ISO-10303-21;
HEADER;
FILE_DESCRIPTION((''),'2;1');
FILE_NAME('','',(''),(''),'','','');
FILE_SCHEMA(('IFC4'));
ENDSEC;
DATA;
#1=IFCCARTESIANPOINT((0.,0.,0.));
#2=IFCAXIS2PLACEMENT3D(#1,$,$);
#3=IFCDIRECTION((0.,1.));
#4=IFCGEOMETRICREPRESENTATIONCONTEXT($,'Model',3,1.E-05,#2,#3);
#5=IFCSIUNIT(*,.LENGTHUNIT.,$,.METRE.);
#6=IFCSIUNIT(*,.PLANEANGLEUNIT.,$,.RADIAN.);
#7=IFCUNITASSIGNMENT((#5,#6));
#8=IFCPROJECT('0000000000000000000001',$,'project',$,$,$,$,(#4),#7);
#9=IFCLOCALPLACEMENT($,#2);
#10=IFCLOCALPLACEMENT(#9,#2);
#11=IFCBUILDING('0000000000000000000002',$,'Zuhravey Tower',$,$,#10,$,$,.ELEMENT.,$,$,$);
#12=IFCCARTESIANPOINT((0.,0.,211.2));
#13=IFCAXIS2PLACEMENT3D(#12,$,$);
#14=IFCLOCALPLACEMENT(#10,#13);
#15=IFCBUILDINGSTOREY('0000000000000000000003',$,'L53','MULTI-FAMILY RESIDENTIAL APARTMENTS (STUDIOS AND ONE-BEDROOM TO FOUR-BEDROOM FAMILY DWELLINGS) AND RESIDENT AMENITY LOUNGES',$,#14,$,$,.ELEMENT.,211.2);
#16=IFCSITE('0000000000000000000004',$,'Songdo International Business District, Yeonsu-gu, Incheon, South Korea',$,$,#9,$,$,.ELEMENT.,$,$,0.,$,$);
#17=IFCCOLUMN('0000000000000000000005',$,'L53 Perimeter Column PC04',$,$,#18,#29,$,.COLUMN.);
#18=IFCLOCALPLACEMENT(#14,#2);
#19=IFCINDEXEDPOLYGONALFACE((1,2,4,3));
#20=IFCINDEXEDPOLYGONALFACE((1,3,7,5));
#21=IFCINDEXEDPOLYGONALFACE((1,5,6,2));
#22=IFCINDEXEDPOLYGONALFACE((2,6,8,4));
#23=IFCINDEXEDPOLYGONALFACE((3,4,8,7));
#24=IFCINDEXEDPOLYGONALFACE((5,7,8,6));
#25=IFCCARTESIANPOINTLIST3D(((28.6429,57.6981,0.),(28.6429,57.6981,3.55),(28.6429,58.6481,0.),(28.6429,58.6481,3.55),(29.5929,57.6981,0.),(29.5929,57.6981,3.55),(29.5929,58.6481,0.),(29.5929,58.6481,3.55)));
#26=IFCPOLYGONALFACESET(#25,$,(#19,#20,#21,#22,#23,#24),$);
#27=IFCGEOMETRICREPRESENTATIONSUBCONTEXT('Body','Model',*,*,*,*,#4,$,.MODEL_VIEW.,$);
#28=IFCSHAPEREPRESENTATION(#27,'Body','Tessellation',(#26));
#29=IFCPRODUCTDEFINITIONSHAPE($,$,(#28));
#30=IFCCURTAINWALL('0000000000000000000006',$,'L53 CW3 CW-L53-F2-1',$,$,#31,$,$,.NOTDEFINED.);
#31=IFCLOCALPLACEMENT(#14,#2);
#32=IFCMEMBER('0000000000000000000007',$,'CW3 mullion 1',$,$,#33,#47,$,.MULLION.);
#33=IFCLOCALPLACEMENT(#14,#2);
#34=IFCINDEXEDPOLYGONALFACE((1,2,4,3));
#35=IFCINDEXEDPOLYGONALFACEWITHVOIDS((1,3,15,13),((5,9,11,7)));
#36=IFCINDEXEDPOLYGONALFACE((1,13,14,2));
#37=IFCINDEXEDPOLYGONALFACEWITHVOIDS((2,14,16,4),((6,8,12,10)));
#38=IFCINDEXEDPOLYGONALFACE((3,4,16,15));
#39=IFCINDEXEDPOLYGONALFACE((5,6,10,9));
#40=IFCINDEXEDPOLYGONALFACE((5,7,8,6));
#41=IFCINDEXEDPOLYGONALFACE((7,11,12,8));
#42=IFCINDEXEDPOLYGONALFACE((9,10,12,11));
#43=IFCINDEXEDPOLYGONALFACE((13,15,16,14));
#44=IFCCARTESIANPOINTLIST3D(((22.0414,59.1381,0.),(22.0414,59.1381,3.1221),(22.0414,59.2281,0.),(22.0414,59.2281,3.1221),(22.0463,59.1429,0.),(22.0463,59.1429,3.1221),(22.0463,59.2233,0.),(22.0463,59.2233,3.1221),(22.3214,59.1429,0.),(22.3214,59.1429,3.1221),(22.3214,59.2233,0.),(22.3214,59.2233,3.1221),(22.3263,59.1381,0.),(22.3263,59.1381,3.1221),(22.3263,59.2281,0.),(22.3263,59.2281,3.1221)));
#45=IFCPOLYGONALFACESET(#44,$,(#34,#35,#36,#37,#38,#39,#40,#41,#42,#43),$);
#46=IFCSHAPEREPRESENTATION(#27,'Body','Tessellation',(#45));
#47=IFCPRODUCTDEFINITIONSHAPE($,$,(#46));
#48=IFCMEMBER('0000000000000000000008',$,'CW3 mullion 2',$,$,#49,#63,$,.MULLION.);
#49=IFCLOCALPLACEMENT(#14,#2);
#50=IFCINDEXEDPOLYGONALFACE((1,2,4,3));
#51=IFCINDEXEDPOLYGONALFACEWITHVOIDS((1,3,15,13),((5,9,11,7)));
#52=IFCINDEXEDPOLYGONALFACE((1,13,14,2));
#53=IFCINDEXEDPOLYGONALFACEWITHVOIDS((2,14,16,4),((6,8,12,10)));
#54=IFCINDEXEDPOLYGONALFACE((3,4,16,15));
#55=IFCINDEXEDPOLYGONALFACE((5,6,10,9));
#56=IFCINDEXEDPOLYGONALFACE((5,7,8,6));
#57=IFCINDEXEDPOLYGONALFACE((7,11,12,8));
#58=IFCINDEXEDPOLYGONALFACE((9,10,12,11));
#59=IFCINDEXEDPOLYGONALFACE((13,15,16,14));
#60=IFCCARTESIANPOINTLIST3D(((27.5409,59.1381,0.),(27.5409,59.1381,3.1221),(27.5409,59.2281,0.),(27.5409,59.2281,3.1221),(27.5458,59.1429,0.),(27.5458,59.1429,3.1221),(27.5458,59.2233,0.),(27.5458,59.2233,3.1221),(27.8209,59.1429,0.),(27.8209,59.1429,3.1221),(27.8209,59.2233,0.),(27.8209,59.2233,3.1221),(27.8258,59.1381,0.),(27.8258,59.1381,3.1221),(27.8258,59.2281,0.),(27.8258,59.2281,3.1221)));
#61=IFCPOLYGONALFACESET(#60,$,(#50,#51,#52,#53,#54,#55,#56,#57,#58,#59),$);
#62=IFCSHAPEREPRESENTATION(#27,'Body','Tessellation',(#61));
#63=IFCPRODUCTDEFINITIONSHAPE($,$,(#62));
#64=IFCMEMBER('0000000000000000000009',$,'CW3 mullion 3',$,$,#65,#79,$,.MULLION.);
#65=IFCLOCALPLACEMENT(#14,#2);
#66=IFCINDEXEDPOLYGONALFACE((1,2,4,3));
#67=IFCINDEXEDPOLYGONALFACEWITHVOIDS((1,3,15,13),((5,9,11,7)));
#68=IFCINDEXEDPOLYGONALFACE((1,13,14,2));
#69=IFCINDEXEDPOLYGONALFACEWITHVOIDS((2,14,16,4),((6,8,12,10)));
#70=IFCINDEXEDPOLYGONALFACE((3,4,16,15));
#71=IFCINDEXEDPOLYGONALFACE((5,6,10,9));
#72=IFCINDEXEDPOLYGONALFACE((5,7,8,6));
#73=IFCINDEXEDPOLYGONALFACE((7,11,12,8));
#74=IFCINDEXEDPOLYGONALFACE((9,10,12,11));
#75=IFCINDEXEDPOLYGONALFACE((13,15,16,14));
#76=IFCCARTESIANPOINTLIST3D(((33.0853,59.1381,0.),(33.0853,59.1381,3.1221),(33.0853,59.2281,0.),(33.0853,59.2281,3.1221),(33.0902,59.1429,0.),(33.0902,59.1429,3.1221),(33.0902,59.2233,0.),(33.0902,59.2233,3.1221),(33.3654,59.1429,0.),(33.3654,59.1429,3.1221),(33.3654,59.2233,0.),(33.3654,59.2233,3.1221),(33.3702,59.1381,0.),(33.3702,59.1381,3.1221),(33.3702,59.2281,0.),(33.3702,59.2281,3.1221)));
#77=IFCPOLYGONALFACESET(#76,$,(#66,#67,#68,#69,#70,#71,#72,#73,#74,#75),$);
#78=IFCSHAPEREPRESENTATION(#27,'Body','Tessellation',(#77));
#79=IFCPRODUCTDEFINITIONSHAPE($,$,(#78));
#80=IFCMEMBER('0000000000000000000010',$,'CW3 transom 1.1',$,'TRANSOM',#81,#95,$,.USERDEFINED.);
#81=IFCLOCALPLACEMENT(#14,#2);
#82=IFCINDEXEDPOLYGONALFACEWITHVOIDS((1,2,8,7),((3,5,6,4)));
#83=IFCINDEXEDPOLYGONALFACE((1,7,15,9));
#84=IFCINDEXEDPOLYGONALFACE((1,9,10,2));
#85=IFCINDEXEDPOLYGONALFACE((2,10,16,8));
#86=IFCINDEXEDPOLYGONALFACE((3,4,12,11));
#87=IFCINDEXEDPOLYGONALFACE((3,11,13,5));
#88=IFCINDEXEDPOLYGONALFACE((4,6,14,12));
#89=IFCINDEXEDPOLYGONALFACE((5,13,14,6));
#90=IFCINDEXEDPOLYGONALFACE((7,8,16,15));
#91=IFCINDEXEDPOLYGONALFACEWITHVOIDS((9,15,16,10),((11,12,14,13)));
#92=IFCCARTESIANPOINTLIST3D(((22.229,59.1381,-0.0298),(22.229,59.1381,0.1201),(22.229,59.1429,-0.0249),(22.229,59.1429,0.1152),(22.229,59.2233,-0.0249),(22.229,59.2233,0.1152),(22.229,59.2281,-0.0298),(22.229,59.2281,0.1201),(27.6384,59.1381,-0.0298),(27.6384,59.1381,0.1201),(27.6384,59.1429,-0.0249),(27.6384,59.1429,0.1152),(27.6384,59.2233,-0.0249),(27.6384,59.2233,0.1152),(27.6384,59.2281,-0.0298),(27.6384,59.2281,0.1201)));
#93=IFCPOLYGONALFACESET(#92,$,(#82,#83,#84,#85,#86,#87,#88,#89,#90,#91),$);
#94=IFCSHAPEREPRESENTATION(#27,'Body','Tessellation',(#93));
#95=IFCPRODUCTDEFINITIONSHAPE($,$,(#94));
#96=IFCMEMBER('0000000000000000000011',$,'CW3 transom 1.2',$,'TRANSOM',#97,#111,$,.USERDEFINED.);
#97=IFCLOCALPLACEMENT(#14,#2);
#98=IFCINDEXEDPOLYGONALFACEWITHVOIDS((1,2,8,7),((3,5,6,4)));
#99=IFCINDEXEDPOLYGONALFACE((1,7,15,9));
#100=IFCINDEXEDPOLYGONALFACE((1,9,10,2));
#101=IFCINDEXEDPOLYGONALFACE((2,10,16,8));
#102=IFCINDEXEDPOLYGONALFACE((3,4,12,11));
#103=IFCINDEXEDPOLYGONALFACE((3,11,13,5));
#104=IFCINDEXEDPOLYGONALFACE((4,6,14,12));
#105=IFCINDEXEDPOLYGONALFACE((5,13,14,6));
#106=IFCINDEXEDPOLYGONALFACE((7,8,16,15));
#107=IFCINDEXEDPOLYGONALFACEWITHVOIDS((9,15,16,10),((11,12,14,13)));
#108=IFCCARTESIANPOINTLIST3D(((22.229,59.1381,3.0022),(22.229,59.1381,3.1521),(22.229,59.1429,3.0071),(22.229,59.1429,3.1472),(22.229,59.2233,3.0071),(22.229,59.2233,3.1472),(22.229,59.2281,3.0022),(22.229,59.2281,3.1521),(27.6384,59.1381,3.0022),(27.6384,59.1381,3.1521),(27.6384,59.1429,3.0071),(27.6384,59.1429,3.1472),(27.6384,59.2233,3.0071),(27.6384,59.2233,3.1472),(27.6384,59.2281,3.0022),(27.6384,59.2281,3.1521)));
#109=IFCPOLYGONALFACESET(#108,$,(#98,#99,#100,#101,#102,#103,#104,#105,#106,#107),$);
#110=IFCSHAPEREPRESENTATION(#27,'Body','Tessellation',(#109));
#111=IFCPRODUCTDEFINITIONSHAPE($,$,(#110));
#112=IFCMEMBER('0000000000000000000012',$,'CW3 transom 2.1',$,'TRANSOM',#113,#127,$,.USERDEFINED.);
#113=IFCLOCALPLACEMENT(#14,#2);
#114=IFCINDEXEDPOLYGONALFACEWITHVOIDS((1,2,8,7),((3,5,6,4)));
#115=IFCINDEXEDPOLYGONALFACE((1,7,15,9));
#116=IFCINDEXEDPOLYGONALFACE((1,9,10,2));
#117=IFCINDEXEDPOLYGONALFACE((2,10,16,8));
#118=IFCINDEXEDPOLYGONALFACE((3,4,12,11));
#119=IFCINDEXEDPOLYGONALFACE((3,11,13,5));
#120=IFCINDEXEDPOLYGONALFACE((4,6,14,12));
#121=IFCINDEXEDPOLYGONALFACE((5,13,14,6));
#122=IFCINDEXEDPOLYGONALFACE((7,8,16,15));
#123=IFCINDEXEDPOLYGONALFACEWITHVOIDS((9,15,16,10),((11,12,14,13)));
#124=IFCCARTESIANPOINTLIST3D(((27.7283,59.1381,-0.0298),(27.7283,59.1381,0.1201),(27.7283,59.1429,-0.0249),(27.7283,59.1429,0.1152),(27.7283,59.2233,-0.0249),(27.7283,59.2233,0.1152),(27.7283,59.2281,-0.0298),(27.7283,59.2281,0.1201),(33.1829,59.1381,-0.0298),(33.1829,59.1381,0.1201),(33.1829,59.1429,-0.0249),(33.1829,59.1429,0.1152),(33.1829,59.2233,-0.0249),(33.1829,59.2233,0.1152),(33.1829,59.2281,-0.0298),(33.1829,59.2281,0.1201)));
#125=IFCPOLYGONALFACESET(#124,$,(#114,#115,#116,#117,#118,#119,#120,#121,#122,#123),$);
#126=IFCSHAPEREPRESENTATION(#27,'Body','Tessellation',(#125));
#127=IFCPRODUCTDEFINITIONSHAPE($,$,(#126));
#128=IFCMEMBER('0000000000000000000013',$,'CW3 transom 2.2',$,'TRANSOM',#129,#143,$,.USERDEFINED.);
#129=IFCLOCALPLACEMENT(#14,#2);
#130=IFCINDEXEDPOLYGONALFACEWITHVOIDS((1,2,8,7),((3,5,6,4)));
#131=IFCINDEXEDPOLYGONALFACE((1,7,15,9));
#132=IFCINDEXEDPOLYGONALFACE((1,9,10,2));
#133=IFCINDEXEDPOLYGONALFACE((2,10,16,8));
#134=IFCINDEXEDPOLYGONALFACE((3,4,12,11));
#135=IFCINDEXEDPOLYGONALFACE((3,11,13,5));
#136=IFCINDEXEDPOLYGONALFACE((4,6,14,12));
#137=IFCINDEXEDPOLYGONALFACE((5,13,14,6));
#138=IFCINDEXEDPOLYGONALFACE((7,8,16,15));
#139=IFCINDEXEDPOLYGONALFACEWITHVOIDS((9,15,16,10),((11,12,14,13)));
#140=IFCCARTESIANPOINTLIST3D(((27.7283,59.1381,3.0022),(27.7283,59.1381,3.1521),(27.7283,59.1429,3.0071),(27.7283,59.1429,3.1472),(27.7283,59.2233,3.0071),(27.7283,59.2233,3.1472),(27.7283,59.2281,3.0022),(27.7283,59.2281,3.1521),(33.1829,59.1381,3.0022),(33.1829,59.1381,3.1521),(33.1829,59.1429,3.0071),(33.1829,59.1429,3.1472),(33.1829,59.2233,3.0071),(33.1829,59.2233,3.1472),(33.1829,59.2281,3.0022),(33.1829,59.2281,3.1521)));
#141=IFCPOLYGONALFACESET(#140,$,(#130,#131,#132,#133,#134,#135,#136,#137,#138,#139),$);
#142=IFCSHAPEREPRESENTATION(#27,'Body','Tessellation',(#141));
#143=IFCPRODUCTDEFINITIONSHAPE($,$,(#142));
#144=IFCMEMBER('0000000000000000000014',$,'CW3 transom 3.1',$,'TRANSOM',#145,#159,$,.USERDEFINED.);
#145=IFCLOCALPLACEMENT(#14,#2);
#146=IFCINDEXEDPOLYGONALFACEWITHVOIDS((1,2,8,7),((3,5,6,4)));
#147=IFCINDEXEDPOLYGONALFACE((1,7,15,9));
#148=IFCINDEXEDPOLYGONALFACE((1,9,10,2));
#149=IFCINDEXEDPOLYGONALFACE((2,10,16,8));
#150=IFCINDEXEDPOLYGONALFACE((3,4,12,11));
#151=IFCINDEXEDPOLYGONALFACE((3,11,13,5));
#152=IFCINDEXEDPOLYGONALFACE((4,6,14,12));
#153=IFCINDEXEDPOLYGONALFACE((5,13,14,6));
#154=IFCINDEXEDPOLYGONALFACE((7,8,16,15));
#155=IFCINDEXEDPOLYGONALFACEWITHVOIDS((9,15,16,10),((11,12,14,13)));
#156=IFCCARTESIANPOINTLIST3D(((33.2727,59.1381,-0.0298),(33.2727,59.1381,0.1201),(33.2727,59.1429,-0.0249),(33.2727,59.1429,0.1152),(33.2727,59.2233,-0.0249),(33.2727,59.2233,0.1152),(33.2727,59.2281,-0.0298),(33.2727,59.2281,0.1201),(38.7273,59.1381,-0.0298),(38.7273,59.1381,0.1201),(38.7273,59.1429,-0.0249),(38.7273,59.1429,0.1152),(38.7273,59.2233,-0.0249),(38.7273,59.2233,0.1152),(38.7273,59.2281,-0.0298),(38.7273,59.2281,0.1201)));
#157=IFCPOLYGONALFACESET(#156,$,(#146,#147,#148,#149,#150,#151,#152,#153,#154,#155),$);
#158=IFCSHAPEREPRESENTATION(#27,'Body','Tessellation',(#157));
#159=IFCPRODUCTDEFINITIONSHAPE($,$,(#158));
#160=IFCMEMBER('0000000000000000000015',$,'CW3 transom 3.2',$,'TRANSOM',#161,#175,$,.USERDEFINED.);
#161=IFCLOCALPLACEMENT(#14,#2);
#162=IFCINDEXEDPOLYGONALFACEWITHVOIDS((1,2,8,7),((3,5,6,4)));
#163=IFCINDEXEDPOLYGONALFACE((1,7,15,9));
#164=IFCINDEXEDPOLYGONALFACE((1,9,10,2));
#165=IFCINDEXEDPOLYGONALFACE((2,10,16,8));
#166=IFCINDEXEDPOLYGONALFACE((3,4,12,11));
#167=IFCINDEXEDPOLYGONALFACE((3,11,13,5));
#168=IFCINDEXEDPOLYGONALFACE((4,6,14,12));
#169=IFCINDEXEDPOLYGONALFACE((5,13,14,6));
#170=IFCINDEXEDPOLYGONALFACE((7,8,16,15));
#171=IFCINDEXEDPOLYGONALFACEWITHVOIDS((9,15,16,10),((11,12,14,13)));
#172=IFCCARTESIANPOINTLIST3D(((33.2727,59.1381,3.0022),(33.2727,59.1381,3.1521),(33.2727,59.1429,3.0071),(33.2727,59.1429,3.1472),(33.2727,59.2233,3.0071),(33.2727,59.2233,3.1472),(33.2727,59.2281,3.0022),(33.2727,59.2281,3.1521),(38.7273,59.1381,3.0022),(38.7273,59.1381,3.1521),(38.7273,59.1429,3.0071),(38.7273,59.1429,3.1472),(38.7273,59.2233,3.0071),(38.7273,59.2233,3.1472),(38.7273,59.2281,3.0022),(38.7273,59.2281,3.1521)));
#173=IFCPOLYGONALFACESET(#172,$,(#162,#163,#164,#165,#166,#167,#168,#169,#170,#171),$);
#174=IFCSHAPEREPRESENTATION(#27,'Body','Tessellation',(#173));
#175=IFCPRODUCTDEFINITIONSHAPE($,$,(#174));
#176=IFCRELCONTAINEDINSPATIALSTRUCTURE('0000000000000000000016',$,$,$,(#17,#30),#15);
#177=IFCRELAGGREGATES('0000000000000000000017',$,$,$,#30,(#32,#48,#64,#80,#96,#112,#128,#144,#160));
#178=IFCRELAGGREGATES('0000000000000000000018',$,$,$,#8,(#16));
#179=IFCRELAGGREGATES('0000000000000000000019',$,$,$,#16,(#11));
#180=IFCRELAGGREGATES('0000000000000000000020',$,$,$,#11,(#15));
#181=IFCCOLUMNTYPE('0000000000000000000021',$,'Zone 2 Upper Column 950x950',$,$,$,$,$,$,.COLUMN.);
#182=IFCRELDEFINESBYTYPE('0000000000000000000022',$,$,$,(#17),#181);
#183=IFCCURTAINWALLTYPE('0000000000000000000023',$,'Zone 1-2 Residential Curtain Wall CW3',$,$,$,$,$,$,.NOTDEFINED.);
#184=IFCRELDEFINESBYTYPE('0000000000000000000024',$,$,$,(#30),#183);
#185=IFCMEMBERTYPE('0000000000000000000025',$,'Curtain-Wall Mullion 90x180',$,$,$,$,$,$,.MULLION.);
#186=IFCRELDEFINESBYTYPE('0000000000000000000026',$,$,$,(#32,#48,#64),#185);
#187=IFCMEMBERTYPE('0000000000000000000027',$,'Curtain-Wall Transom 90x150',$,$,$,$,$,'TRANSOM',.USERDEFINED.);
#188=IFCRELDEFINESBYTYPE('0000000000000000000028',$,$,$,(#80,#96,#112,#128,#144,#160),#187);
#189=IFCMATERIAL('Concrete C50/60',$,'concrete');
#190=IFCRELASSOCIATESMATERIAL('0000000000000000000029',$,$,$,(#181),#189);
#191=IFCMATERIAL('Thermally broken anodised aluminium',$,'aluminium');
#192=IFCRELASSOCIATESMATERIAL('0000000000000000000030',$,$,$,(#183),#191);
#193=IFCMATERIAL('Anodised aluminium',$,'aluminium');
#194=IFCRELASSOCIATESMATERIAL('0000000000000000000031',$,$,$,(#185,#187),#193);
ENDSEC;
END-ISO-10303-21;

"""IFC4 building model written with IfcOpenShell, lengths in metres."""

from ifc_helpers import new_model, si_unit, direction, frame, origin, origin_2d, place, context, subcontext, project, spatial, rectangle, hollow_rectangle, extrude, material, material_profile, profile_set, type_object, element, aggregate, save


model = new_model("IFC4")

# Units and contexts
model_context = context("Model", 3, precision=1e-05, world=origin(), true_north=direction((0.0, 1.0)))
body_context = subcontext(model_context, "Body", "Model", "MODEL_VIEW")
ifc_project = project(units=[si_unit("LENGTHUNIT", "METRE"), si_unit("PLANEANGLEUNIT", "RADIAN")], contexts=[model_context])

# Site, building, storey
site_placement = place(None, origin())
site = spatial("IfcSite", under=ifc_project, at=site_placement, Name="Songdo International Business District, Yeonsu-gu, Incheon, South Korea", CompositionType="ELEMENT", RefElevation=0.0)
building_placement = place(site_placement, origin())
building = spatial("IfcBuilding", under=site, at=building_placement, Name="Zuhravey Tower", CompositionType="ELEMENT")
storey_placement = place(building_placement, frame((0.0, 0.0, 211.2)))
storey = spatial("IfcBuildingStorey", under=building, at=storey_placement, Name="L53", Description="MULTI-FAMILY RESIDENTIAL APARTMENTS (STUDIOS AND ONE-BEDROOM TO FOUR-BEDROOM FAMILY DWELLINGS) AND RESIDENT AMENITY LOUNGES", CompositionType="ELEMENT", Elevation=211.2)

# Column
ifc_material_1 = material(Name="Concrete C50/60", Category="concrete")
ifc_material_profile_1 = material_profile(ifc_material_1, rectangle(XDim=0.95, YDim=0.95, at=origin_2d()), Name="RC-950x950")
ifc_profile_set_1 = profile_set([ifc_material_profile_1], Name="Concrete C50/60")
column_type = type_object("IfcColumnType", Name="Zone 2 Upper Column 950x950", PredefinedType="COLUMN", material=ifc_profile_set_1)
column_placement = place(storey_placement, frame((29.1179, 58.1731, 0.0), z_axis=(0.0, 0.0, 1.0), x_axis=(-1.0, 0.0, 0.0)))
element("IfcColumn", 1, at=column_placement, inside=storey, type_object=column_type, Name="L53 Perimeter Column PC04", PredefinedType="COLUMN", context=body_context, shape_type="SweptSolid", body=[
    extrude(rectangle(XDim=0.95, YDim=0.95, at=origin_2d()), origin(), (0.0, 0.0, 1.0), 3.55),
])

# Curtain wall, members
ifc_material_2 = material(Name="Thermally broken anodised aluminium", Category="aluminium")
curtain_wall_type = type_object("IfcCurtainWallType", Name="Zone 1-2 Residential Curtain Wall CW3", PredefinedType="NOTDEFINED", material=ifc_material_2)
curtain_wall_placement = place(storey_placement, origin())
curtain_wall = element("IfcCurtainWall", 2, at=curtain_wall_placement, inside=storey, type_object=curtain_wall_type, Name="L53 CW3 CW-L53-F2-1", PredefinedType="NOTDEFINED")
ifc_material_3 = material(Name="Anodised aluminium", Category="aluminium")
ifc_material_profile_2 = material_profile(ifc_material_3, hollow_rectangle(XDim=0.0901, YDim=0.2849, WallThickness=0.0049, at=origin_2d()), Name="ALU-RHS-90x285x5")
ifc_profile_set_2 = profile_set([ifc_material_profile_2], Name="Anodised aluminium")
member_type_1 = type_object("IfcMemberType", Name="Curtain-Wall Mullion 90x180", PredefinedType="MULLION", material=ifc_profile_set_2)
member_1_placement = place(storey_placement, frame((22.1838, 59.1831, 0.0), z_axis=(0.0, 0.0, 1.0), x_axis=(0.0, 1.0, 0.0)))
member_1 = element("IfcMember", 3, at=member_1_placement, type_object=member_type_1, Name="CW3 mullion 1", PredefinedType="MULLION", context=body_context, shape_type="SweptSolid", body=[
    extrude(hollow_rectangle(XDim=0.0901, YDim=0.2849, WallThickness=0.0049, at=origin_2d()), origin(), (0.0, 0.0, 1.0), 3.1221),
])
member_2_placement = place(storey_placement, frame((27.6833, 59.1831, 0.0), z_axis=(0.0, 0.0, 1.0), x_axis=(0.0, 1.0, 0.0)))
member_2 = element("IfcMember", 4, at=member_2_placement, type_object=member_type_1, Name="CW3 mullion 2", PredefinedType="MULLION", context=body_context, shape_type="SweptSolid", body=[
    extrude(hollow_rectangle(XDim=0.0901, YDim=0.2849, WallThickness=0.0049, at=origin_2d()), origin(), (0.0, 0.0, 1.0), 3.1221),
])
member_3_placement = place(storey_placement, frame((33.2278, 59.1831, 0.0), z_axis=(0.0, 0.0, 1.0), x_axis=(0.0, 1.0, 0.0)))
member_3 = element("IfcMember", 5, at=member_3_placement, type_object=member_type_1, Name="CW3 mullion 3", PredefinedType="MULLION", context=body_context, shape_type="SweptSolid", body=[
    extrude(hollow_rectangle(XDim=0.0901, YDim=0.2849, WallThickness=0.0049, at=origin_2d()), origin(), (0.0, 0.0, 1.0), 3.1221),
])
ifc_material_profile_3 = material_profile(ifc_material_3, hollow_rectangle(XDim=0.0901, YDim=0.1499, WallThickness=0.0049, at=origin_2d()), Name="ALU-RHS-90x150x5")
ifc_profile_set_3 = profile_set([ifc_material_profile_3], Name="Anodised aluminium")
member_type_2 = type_object("IfcMemberType", Name="Curtain-Wall Transom 90x150", ElementType="TRANSOM", PredefinedType="USERDEFINED", material=ifc_profile_set_3)
member_4_placement = place(storey_placement, frame((22.229, 59.1831, 0.0452), z_axis=(1.0, 0.0, 0.0), x_axis=(0.0, 1.0, 0.0)))
member_4 = element("IfcMember", 6, at=member_4_placement, type_object=member_type_2, Name="CW3 transom 1.1", ObjectType="TRANSOM", PredefinedType="USERDEFINED", context=body_context, shape_type="SweptSolid", body=[
    extrude(hollow_rectangle(XDim=0.0901, YDim=0.1499, WallThickness=0.0049, at=origin_2d()), origin(), (0.0, 0.0, 1.0), 5.4094),
])
member_5_placement = place(storey_placement, frame((22.229, 59.1831, 3.0771), z_axis=(1.0, 0.0, 0.0), x_axis=(0.0, 1.0, 0.0)))
member_5 = element("IfcMember", 7, at=member_5_placement, type_object=member_type_2, Name="CW3 transom 1.2", ObjectType="TRANSOM", PredefinedType="USERDEFINED", context=body_context, shape_type="SweptSolid", body=[
    extrude(hollow_rectangle(XDim=0.0901, YDim=0.1499, WallThickness=0.0049, at=origin_2d()), origin(), (0.0, 0.0, 1.0), 5.4094),
])
member_6_placement = place(storey_placement, frame((27.7283, 59.1831, 0.0452), z_axis=(1.0, 0.0, 0.0), x_axis=(0.0, 1.0, 0.0)))
member_6 = element("IfcMember", 8, at=member_6_placement, type_object=member_type_2, Name="CW3 transom 2.1", ObjectType="TRANSOM", PredefinedType="USERDEFINED", context=body_context, shape_type="SweptSolid", body=[
    extrude(hollow_rectangle(XDim=0.0901, YDim=0.1499, WallThickness=0.0049, at=origin_2d()), origin(), (0.0, 0.0, 1.0), 5.4546),
])
member_7_placement = place(storey_placement, frame((27.7283, 59.1831, 3.0771), z_axis=(1.0, 0.0, 0.0), x_axis=(0.0, 1.0, 0.0)))
member_7 = element("IfcMember", 9, at=member_7_placement, type_object=member_type_2, Name="CW3 transom 2.2", ObjectType="TRANSOM", PredefinedType="USERDEFINED", context=body_context, shape_type="SweptSolid", body=[
    extrude(hollow_rectangle(XDim=0.0901, YDim=0.1499, WallThickness=0.0049, at=origin_2d()), origin(), (0.0, 0.0, 1.0), 5.4546),
])
member_8_placement = place(storey_placement, frame((33.2727, 59.1831, 0.0452), z_axis=(1.0, 0.0, 0.0), x_axis=(0.0, 1.0, 0.0)))
member_8 = element("IfcMember", 10, at=member_8_placement, type_object=member_type_2, Name="CW3 transom 3.1", ObjectType="TRANSOM", PredefinedType="USERDEFINED", context=body_context, shape_type="SweptSolid", body=[
    extrude(hollow_rectangle(XDim=0.0901, YDim=0.1499, WallThickness=0.0049, at=origin_2d()), origin(), (0.0, 0.0, 1.0), 5.4546),
])
member_9_placement = place(storey_placement, frame((33.2727, 59.1831, 3.0771), z_axis=(1.0, 0.0, 0.0), x_axis=(0.0, 1.0, 0.0)))
member_9 = element("IfcMember", 11, at=member_9_placement, type_object=member_type_2, Name="CW3 transom 3.2", ObjectType="TRANSOM", PredefinedType="USERDEFINED", context=body_context, shape_type="SweptSolid", body=[
    extrude(hollow_rectangle(XDim=0.0901, YDim=0.1499, WallThickness=0.0049, at=origin_2d()), origin(), (0.0, 0.0, 1.0), 5.4546),
])

aggregate(curtain_wall, [member_1, member_2, member_3, member_4, member_5, member_6, member_7, member_8, member_9])

save(model, "model.ifc")
